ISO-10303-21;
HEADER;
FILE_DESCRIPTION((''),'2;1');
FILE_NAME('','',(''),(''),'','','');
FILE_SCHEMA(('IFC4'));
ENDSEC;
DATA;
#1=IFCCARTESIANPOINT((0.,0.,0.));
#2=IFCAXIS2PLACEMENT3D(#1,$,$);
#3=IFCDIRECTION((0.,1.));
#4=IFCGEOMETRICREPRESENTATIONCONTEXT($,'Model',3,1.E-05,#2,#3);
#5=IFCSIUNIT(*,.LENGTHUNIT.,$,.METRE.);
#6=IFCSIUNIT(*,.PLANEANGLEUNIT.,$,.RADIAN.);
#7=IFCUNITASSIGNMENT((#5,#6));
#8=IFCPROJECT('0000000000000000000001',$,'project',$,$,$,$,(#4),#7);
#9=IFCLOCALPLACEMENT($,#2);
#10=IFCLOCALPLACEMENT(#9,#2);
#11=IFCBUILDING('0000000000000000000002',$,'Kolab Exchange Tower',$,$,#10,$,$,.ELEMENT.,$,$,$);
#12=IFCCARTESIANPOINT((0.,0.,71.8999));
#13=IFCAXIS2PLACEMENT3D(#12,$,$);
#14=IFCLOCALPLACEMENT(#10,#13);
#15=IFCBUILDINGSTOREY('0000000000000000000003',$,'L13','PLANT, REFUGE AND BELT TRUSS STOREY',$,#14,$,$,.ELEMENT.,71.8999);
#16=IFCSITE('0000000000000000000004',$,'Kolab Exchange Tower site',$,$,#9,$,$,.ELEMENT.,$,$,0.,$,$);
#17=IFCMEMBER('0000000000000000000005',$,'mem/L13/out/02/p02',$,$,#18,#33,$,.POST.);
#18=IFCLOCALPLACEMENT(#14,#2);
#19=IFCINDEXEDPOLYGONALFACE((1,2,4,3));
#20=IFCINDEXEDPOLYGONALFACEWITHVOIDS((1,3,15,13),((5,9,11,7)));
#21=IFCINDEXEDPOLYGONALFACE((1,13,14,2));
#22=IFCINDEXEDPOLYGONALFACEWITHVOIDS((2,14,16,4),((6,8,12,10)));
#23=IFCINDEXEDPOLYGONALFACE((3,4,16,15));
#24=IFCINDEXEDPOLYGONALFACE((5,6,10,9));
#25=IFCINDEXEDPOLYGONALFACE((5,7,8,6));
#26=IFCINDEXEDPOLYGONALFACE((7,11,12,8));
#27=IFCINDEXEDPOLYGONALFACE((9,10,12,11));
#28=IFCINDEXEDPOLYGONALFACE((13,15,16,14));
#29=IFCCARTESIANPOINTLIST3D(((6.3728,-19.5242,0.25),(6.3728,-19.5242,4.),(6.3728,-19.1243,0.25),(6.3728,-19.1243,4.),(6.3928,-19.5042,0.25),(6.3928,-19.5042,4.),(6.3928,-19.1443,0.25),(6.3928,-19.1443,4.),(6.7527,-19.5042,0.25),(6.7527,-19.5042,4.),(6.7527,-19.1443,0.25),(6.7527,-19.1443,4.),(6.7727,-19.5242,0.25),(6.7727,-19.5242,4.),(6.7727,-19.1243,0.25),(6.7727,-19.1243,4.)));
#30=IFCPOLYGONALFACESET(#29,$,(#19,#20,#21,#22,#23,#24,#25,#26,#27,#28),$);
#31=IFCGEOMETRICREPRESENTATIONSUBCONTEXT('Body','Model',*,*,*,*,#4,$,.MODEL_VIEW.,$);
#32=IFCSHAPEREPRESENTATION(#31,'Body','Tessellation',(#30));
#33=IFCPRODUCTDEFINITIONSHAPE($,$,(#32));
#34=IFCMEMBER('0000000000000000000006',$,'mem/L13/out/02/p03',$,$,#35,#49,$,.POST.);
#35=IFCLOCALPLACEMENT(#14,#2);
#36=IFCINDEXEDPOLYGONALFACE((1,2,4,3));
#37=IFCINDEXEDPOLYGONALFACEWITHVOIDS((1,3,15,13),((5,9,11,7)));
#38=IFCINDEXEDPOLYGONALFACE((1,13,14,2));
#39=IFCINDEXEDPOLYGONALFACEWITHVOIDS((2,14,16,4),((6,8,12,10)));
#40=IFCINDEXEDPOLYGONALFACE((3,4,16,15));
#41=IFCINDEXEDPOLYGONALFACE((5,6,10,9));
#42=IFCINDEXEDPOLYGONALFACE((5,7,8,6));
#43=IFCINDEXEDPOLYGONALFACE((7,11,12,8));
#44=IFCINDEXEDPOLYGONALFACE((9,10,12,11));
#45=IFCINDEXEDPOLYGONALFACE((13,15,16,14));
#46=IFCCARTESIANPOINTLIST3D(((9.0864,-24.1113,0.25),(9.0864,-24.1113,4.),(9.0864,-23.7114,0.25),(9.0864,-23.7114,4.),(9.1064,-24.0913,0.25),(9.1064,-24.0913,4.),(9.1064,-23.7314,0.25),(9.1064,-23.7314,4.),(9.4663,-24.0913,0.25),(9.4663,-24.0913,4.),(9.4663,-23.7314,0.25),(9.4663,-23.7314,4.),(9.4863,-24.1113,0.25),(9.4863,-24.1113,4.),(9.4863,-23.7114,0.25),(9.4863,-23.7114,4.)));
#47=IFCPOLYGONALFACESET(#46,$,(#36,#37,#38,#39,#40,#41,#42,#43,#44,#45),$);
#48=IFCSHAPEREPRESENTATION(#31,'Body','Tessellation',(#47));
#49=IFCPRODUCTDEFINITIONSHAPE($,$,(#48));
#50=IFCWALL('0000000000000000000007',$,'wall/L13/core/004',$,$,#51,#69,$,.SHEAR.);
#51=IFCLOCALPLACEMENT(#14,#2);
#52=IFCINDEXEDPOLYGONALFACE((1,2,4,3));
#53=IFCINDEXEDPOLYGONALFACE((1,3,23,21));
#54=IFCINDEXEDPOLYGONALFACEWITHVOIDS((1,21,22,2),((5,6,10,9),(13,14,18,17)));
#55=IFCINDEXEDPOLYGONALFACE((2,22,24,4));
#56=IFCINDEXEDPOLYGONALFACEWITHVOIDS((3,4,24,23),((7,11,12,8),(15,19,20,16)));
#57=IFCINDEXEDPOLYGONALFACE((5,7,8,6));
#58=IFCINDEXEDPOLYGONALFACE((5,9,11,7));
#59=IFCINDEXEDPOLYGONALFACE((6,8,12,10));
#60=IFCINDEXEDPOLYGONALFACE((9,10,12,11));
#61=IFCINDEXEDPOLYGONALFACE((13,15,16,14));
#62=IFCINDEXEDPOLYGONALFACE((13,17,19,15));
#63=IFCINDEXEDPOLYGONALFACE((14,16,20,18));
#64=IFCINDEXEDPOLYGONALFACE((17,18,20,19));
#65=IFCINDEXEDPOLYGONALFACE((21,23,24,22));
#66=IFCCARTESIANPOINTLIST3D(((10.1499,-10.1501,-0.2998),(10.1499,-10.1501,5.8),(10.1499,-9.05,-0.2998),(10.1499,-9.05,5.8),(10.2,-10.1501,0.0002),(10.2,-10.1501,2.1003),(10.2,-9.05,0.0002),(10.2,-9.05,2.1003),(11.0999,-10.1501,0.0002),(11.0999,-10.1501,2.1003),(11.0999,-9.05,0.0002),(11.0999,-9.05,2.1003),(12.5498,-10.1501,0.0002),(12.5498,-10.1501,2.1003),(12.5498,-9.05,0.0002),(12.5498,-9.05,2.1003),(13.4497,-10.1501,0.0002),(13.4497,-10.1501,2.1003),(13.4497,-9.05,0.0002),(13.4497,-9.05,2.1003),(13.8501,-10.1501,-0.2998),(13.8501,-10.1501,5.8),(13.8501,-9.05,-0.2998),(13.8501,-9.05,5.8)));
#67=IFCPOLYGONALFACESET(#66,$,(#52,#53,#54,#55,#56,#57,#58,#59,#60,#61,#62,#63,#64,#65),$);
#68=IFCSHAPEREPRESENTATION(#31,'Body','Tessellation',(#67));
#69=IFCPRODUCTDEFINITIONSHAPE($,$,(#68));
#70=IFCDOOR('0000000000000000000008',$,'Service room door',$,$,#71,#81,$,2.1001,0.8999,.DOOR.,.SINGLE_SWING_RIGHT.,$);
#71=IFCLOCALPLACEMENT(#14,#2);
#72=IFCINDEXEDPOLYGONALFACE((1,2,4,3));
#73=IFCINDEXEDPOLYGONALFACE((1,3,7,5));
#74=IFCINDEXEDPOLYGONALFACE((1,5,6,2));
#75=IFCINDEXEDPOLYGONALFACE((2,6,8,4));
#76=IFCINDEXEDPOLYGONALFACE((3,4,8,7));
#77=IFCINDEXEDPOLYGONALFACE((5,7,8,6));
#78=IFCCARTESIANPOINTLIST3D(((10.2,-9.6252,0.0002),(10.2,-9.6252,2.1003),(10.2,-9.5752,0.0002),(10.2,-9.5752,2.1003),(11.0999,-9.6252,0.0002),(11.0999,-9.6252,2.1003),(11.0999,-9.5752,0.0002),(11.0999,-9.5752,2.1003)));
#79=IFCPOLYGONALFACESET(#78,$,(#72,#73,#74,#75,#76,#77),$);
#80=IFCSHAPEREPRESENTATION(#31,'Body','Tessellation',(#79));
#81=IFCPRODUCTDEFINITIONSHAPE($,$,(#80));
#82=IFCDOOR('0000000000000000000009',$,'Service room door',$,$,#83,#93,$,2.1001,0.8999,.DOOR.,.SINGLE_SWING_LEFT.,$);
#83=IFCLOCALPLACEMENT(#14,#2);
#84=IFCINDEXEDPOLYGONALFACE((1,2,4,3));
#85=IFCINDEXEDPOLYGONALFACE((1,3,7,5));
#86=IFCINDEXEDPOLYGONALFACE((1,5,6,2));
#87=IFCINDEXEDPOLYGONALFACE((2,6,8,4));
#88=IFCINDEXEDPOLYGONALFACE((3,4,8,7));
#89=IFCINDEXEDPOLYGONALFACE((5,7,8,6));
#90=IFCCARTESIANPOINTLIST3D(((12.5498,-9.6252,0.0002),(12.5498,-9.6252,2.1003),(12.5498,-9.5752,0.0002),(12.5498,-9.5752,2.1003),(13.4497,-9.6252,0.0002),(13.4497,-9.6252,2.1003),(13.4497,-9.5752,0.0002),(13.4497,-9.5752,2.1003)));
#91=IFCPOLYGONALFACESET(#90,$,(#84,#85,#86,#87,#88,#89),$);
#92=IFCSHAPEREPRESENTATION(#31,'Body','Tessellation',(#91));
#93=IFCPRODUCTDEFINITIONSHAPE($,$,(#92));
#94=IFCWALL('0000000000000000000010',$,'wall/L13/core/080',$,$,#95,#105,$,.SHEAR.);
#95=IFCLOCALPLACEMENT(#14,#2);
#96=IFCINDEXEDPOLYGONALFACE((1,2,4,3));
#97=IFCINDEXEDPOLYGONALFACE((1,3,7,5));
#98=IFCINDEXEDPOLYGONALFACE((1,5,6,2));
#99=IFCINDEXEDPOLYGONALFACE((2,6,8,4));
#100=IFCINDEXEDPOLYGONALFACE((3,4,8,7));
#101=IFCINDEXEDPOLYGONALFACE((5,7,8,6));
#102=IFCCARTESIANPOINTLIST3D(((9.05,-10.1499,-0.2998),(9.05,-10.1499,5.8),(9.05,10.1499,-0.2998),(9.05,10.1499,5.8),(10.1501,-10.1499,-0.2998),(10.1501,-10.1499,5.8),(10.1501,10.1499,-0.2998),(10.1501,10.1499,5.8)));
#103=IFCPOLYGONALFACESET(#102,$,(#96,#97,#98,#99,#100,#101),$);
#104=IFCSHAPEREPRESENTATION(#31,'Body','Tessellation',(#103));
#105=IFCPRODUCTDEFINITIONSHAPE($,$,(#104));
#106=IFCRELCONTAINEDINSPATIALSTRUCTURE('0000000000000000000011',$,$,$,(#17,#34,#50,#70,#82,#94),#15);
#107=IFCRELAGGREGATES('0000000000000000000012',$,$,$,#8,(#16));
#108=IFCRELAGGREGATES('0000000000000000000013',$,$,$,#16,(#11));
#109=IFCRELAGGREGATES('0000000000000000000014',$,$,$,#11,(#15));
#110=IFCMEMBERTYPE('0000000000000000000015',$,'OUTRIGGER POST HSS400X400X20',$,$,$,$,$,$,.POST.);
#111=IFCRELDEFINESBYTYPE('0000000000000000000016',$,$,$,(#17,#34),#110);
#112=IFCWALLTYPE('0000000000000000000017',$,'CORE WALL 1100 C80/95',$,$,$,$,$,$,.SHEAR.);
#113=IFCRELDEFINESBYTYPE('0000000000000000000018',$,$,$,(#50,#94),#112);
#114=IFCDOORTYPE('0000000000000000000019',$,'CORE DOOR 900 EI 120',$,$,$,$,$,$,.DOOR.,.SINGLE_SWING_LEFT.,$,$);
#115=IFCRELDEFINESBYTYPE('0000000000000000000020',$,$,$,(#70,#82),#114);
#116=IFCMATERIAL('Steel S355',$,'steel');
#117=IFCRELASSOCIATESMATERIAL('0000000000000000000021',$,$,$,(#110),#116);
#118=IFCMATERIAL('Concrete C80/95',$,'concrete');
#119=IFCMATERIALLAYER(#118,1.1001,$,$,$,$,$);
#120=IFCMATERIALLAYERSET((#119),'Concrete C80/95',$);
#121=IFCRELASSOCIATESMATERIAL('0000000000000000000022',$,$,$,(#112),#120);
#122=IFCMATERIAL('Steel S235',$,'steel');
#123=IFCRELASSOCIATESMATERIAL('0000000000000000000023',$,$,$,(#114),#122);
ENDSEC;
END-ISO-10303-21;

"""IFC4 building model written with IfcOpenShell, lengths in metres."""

from ifc_helpers import new_model, si_unit, direction, frame, frame_2d, origin, origin_2d, place, context, subcontext, project, spatial, rectangle, hollow_rectangle, extrude, material, layer, layer_set, material_profile, profile_set, type_object, element, fill, save


model = new_model("IFC4")

# Units and contexts
model_context = context("Model", 3, precision=1e-05, world=origin(), true_north=direction((0.0, 1.0)))
body_context = subcontext(model_context, "Body", "Model", "MODEL_VIEW")
ifc_project = project(units=[si_unit("LENGTHUNIT", "METRE"), si_unit("PLANEANGLEUNIT", "RADIAN")], contexts=[model_context])

# Site, building, storey
site_placement = place(None, origin())
site = spatial("IfcSite", under=ifc_project, at=site_placement, Name="Kolab Exchange Tower site", CompositionType="ELEMENT", RefElevation=0.0)
building_placement = place(site_placement, origin())
building = spatial("IfcBuilding", under=site, at=building_placement, Name="Kolab Exchange Tower", CompositionType="ELEMENT")
storey_placement = place(building_placement, frame((0.0, 0.0, 71.8999)))
storey = spatial("IfcBuildingStorey", under=building, at=storey_placement, Name="L13", Description="PLANT, REFUGE AND BELT TRUSS STOREY", CompositionType="ELEMENT", Elevation=71.8999)

# Shared definitions
ifc_material_1 = material(Name="Concrete C80/95", Category="concrete")

# Shared definitions
ifc_material_2 = material(Name="Steel S355", Category="steel")

# Members
ifc_material_profile_1 = material_profile(ifc_material_2, hollow_rectangle(XDim=0.3999, YDim=0.3999, WallThickness=0.02, at=origin_2d()), Name="HSS400X400X20")
ifc_profile_set_1 = profile_set([ifc_material_profile_1], Name="Steel S355")
member_type_1 = type_object("IfcMemberType", Name="OUTRIGGER POST HSS400X400X20", PredefinedType="POST", material=ifc_profile_set_1)
for number, where, z_axis, x_axis, name in (
    (1, (6.5728, -19.3242, 0.25), (0.0, 0.0, 1.0), (1.0, 0.0, 0.0), "mem/L13/out/02/p02"),
    (2, (9.2864, -23.9114, 0.25), (0.0, 0.0, 1.0), (1.0, 0.0, 0.0), "mem/L13/out/02/p03"),
):
    element("IfcMember", number, at=place(storey_placement, frame(where, z_axis=z_axis, x_axis=x_axis)), inside=storey, type_object=member_type_1, Name=name, PredefinedType="POST", context=body_context, shape_type="SweptSolid", body=[
        extrude(hollow_rectangle(XDim=0.3999, YDim=0.3999, WallThickness=0.02, at=origin_2d()), origin(), (0.0, 0.0, 1.0), 3.75),
    ])

# Wall, openings, doors
ifc_layer_1 = layer(ifc_material_1, 1.1001)
ifc_layer_set_1 = layer_set([ifc_layer_1], Name="Concrete C80/95")
wall_type_1 = type_object("IfcWallType", Name="CORE WALL 1100 C80/95", PredefinedType="SHEAR", material=ifc_layer_set_1)
wall_1_placement = place(storey_placement, frame((10.1499, -9.6001, -0.2998), z_axis=(0.0, 0.0, 1.0), x_axis=(1.0, 0.0, 0.0)))
wall_1 = element("IfcWall", 3, at=wall_1_placement, inside=storey, type_object=wall_type_1, Name="wall/L13/core/004", PredefinedType="SHEAR", context=body_context, shape_type="SweptSolid", body=[
    extrude(rectangle(XDim=3.7002, YDim=1.1001, at=frame_2d((1.8501, 0.0))), origin(), (0.0, 0.0, 1.0), 6.0999),
])
opening_1_placement = place(wall_1_placement, frame((0.05, 0.0, 0.3)))
opening_1 = element("IfcOpeningElement", 4, at=opening_1_placement, cuts=wall_1, PredefinedType="OPENING", context=body_context, shape_type="SweptSolid", body=[
    extrude(rectangle(XDim=0.8999, YDim=2.1001, at=frame_2d((0.45, 1.05))), frame((0.0, 0.5601, 0.0), z_axis=(0.0, -1.0, 0.0), x_axis=(1.0, 0.0, 0.0)), (0.0, 0.0, 1.0), 1.1201),
])
opening_2_placement = place(wall_1_placement, frame((2.3999, 0.0, 0.3)))
opening_2 = element("IfcOpeningElement", 5, at=opening_2_placement, cuts=wall_1, PredefinedType="OPENING", context=body_context, shape_type="SweptSolid", body=[
    extrude(rectangle(XDim=0.8999, YDim=2.1001, at=frame_2d((0.45, 1.05))), frame((0.0, 0.5601, 0.0), z_axis=(0.0, -1.0, 0.0), x_axis=(1.0, 0.0, 0.0)), (0.0, 0.0, 1.0), 1.1201),
])
ifc_material_3 = material(Name="Steel S235", Category="steel")
door_type_1 = type_object("IfcDoorType", Name="CORE DOOR 900 EI 120", OperationType="SINGLE_SWING_LEFT", PredefinedType="DOOR", material=ifc_material_3)
door_1_placement = place(opening_1_placement, origin())
door_1 = element("IfcDoor", 6, at=door_1_placement, inside=storey, type_object=door_type_1, Name="Service room door", OperationType="SINGLE_SWING_RIGHT", OverallHeight=2.1001, OverallWidth=0.8999, PredefinedType="DOOR", context=body_context, shape_type="SweptSolid", body=[
    extrude(rectangle(XDim=0.8999, YDim=2.1001, at=frame_2d((0.45, 1.05))), frame((0.0, 0.0249, 0.0), z_axis=(0.0, -1.0, 0.0), x_axis=(1.0, 0.0, 0.0)), (0.0, 0.0, 1.0), 0.05),
])
fill(opening_1, door_1)
door_2_placement = place(opening_2_placement, origin())
door_2 = element("IfcDoor", 7, at=door_2_placement, inside=storey, type_object=door_type_1, Name="Service room door", OperationType="SINGLE_SWING_LEFT", OverallHeight=2.1001, OverallWidth=0.8999, PredefinedType="DOOR", context=body_context, shape_type="SweptSolid", body=[
    extrude(rectangle(XDim=0.8999, YDim=2.1001, at=frame_2d((0.45, 1.05))), frame((0.0, 0.0249, 0.0), z_axis=(0.0, -1.0, 0.0), x_axis=(1.0, 0.0, 0.0)), (0.0, 0.0, 1.0), 0.05),
])
fill(opening_2, door_2)

# Wall
wall_2_placement = place(storey_placement, frame((9.6001, -10.1499, -0.2998), z_axis=(0.0, 0.0, 1.0), x_axis=(0.0, 1.0, 0.0)))
element("IfcWall", 8, at=wall_2_placement, inside=storey, type_object=wall_type_1, Name="wall/L13/core/080", PredefinedType="SHEAR", context=body_context, shape_type="SweptSolid", body=[
    extrude(rectangle(XDim=20.2998, YDim=1.1001, at=frame_2d((10.1499, 0.0))), origin(), (0.0, 0.0, 1.0), 6.0999),
])

save(model, "model.ifc")
